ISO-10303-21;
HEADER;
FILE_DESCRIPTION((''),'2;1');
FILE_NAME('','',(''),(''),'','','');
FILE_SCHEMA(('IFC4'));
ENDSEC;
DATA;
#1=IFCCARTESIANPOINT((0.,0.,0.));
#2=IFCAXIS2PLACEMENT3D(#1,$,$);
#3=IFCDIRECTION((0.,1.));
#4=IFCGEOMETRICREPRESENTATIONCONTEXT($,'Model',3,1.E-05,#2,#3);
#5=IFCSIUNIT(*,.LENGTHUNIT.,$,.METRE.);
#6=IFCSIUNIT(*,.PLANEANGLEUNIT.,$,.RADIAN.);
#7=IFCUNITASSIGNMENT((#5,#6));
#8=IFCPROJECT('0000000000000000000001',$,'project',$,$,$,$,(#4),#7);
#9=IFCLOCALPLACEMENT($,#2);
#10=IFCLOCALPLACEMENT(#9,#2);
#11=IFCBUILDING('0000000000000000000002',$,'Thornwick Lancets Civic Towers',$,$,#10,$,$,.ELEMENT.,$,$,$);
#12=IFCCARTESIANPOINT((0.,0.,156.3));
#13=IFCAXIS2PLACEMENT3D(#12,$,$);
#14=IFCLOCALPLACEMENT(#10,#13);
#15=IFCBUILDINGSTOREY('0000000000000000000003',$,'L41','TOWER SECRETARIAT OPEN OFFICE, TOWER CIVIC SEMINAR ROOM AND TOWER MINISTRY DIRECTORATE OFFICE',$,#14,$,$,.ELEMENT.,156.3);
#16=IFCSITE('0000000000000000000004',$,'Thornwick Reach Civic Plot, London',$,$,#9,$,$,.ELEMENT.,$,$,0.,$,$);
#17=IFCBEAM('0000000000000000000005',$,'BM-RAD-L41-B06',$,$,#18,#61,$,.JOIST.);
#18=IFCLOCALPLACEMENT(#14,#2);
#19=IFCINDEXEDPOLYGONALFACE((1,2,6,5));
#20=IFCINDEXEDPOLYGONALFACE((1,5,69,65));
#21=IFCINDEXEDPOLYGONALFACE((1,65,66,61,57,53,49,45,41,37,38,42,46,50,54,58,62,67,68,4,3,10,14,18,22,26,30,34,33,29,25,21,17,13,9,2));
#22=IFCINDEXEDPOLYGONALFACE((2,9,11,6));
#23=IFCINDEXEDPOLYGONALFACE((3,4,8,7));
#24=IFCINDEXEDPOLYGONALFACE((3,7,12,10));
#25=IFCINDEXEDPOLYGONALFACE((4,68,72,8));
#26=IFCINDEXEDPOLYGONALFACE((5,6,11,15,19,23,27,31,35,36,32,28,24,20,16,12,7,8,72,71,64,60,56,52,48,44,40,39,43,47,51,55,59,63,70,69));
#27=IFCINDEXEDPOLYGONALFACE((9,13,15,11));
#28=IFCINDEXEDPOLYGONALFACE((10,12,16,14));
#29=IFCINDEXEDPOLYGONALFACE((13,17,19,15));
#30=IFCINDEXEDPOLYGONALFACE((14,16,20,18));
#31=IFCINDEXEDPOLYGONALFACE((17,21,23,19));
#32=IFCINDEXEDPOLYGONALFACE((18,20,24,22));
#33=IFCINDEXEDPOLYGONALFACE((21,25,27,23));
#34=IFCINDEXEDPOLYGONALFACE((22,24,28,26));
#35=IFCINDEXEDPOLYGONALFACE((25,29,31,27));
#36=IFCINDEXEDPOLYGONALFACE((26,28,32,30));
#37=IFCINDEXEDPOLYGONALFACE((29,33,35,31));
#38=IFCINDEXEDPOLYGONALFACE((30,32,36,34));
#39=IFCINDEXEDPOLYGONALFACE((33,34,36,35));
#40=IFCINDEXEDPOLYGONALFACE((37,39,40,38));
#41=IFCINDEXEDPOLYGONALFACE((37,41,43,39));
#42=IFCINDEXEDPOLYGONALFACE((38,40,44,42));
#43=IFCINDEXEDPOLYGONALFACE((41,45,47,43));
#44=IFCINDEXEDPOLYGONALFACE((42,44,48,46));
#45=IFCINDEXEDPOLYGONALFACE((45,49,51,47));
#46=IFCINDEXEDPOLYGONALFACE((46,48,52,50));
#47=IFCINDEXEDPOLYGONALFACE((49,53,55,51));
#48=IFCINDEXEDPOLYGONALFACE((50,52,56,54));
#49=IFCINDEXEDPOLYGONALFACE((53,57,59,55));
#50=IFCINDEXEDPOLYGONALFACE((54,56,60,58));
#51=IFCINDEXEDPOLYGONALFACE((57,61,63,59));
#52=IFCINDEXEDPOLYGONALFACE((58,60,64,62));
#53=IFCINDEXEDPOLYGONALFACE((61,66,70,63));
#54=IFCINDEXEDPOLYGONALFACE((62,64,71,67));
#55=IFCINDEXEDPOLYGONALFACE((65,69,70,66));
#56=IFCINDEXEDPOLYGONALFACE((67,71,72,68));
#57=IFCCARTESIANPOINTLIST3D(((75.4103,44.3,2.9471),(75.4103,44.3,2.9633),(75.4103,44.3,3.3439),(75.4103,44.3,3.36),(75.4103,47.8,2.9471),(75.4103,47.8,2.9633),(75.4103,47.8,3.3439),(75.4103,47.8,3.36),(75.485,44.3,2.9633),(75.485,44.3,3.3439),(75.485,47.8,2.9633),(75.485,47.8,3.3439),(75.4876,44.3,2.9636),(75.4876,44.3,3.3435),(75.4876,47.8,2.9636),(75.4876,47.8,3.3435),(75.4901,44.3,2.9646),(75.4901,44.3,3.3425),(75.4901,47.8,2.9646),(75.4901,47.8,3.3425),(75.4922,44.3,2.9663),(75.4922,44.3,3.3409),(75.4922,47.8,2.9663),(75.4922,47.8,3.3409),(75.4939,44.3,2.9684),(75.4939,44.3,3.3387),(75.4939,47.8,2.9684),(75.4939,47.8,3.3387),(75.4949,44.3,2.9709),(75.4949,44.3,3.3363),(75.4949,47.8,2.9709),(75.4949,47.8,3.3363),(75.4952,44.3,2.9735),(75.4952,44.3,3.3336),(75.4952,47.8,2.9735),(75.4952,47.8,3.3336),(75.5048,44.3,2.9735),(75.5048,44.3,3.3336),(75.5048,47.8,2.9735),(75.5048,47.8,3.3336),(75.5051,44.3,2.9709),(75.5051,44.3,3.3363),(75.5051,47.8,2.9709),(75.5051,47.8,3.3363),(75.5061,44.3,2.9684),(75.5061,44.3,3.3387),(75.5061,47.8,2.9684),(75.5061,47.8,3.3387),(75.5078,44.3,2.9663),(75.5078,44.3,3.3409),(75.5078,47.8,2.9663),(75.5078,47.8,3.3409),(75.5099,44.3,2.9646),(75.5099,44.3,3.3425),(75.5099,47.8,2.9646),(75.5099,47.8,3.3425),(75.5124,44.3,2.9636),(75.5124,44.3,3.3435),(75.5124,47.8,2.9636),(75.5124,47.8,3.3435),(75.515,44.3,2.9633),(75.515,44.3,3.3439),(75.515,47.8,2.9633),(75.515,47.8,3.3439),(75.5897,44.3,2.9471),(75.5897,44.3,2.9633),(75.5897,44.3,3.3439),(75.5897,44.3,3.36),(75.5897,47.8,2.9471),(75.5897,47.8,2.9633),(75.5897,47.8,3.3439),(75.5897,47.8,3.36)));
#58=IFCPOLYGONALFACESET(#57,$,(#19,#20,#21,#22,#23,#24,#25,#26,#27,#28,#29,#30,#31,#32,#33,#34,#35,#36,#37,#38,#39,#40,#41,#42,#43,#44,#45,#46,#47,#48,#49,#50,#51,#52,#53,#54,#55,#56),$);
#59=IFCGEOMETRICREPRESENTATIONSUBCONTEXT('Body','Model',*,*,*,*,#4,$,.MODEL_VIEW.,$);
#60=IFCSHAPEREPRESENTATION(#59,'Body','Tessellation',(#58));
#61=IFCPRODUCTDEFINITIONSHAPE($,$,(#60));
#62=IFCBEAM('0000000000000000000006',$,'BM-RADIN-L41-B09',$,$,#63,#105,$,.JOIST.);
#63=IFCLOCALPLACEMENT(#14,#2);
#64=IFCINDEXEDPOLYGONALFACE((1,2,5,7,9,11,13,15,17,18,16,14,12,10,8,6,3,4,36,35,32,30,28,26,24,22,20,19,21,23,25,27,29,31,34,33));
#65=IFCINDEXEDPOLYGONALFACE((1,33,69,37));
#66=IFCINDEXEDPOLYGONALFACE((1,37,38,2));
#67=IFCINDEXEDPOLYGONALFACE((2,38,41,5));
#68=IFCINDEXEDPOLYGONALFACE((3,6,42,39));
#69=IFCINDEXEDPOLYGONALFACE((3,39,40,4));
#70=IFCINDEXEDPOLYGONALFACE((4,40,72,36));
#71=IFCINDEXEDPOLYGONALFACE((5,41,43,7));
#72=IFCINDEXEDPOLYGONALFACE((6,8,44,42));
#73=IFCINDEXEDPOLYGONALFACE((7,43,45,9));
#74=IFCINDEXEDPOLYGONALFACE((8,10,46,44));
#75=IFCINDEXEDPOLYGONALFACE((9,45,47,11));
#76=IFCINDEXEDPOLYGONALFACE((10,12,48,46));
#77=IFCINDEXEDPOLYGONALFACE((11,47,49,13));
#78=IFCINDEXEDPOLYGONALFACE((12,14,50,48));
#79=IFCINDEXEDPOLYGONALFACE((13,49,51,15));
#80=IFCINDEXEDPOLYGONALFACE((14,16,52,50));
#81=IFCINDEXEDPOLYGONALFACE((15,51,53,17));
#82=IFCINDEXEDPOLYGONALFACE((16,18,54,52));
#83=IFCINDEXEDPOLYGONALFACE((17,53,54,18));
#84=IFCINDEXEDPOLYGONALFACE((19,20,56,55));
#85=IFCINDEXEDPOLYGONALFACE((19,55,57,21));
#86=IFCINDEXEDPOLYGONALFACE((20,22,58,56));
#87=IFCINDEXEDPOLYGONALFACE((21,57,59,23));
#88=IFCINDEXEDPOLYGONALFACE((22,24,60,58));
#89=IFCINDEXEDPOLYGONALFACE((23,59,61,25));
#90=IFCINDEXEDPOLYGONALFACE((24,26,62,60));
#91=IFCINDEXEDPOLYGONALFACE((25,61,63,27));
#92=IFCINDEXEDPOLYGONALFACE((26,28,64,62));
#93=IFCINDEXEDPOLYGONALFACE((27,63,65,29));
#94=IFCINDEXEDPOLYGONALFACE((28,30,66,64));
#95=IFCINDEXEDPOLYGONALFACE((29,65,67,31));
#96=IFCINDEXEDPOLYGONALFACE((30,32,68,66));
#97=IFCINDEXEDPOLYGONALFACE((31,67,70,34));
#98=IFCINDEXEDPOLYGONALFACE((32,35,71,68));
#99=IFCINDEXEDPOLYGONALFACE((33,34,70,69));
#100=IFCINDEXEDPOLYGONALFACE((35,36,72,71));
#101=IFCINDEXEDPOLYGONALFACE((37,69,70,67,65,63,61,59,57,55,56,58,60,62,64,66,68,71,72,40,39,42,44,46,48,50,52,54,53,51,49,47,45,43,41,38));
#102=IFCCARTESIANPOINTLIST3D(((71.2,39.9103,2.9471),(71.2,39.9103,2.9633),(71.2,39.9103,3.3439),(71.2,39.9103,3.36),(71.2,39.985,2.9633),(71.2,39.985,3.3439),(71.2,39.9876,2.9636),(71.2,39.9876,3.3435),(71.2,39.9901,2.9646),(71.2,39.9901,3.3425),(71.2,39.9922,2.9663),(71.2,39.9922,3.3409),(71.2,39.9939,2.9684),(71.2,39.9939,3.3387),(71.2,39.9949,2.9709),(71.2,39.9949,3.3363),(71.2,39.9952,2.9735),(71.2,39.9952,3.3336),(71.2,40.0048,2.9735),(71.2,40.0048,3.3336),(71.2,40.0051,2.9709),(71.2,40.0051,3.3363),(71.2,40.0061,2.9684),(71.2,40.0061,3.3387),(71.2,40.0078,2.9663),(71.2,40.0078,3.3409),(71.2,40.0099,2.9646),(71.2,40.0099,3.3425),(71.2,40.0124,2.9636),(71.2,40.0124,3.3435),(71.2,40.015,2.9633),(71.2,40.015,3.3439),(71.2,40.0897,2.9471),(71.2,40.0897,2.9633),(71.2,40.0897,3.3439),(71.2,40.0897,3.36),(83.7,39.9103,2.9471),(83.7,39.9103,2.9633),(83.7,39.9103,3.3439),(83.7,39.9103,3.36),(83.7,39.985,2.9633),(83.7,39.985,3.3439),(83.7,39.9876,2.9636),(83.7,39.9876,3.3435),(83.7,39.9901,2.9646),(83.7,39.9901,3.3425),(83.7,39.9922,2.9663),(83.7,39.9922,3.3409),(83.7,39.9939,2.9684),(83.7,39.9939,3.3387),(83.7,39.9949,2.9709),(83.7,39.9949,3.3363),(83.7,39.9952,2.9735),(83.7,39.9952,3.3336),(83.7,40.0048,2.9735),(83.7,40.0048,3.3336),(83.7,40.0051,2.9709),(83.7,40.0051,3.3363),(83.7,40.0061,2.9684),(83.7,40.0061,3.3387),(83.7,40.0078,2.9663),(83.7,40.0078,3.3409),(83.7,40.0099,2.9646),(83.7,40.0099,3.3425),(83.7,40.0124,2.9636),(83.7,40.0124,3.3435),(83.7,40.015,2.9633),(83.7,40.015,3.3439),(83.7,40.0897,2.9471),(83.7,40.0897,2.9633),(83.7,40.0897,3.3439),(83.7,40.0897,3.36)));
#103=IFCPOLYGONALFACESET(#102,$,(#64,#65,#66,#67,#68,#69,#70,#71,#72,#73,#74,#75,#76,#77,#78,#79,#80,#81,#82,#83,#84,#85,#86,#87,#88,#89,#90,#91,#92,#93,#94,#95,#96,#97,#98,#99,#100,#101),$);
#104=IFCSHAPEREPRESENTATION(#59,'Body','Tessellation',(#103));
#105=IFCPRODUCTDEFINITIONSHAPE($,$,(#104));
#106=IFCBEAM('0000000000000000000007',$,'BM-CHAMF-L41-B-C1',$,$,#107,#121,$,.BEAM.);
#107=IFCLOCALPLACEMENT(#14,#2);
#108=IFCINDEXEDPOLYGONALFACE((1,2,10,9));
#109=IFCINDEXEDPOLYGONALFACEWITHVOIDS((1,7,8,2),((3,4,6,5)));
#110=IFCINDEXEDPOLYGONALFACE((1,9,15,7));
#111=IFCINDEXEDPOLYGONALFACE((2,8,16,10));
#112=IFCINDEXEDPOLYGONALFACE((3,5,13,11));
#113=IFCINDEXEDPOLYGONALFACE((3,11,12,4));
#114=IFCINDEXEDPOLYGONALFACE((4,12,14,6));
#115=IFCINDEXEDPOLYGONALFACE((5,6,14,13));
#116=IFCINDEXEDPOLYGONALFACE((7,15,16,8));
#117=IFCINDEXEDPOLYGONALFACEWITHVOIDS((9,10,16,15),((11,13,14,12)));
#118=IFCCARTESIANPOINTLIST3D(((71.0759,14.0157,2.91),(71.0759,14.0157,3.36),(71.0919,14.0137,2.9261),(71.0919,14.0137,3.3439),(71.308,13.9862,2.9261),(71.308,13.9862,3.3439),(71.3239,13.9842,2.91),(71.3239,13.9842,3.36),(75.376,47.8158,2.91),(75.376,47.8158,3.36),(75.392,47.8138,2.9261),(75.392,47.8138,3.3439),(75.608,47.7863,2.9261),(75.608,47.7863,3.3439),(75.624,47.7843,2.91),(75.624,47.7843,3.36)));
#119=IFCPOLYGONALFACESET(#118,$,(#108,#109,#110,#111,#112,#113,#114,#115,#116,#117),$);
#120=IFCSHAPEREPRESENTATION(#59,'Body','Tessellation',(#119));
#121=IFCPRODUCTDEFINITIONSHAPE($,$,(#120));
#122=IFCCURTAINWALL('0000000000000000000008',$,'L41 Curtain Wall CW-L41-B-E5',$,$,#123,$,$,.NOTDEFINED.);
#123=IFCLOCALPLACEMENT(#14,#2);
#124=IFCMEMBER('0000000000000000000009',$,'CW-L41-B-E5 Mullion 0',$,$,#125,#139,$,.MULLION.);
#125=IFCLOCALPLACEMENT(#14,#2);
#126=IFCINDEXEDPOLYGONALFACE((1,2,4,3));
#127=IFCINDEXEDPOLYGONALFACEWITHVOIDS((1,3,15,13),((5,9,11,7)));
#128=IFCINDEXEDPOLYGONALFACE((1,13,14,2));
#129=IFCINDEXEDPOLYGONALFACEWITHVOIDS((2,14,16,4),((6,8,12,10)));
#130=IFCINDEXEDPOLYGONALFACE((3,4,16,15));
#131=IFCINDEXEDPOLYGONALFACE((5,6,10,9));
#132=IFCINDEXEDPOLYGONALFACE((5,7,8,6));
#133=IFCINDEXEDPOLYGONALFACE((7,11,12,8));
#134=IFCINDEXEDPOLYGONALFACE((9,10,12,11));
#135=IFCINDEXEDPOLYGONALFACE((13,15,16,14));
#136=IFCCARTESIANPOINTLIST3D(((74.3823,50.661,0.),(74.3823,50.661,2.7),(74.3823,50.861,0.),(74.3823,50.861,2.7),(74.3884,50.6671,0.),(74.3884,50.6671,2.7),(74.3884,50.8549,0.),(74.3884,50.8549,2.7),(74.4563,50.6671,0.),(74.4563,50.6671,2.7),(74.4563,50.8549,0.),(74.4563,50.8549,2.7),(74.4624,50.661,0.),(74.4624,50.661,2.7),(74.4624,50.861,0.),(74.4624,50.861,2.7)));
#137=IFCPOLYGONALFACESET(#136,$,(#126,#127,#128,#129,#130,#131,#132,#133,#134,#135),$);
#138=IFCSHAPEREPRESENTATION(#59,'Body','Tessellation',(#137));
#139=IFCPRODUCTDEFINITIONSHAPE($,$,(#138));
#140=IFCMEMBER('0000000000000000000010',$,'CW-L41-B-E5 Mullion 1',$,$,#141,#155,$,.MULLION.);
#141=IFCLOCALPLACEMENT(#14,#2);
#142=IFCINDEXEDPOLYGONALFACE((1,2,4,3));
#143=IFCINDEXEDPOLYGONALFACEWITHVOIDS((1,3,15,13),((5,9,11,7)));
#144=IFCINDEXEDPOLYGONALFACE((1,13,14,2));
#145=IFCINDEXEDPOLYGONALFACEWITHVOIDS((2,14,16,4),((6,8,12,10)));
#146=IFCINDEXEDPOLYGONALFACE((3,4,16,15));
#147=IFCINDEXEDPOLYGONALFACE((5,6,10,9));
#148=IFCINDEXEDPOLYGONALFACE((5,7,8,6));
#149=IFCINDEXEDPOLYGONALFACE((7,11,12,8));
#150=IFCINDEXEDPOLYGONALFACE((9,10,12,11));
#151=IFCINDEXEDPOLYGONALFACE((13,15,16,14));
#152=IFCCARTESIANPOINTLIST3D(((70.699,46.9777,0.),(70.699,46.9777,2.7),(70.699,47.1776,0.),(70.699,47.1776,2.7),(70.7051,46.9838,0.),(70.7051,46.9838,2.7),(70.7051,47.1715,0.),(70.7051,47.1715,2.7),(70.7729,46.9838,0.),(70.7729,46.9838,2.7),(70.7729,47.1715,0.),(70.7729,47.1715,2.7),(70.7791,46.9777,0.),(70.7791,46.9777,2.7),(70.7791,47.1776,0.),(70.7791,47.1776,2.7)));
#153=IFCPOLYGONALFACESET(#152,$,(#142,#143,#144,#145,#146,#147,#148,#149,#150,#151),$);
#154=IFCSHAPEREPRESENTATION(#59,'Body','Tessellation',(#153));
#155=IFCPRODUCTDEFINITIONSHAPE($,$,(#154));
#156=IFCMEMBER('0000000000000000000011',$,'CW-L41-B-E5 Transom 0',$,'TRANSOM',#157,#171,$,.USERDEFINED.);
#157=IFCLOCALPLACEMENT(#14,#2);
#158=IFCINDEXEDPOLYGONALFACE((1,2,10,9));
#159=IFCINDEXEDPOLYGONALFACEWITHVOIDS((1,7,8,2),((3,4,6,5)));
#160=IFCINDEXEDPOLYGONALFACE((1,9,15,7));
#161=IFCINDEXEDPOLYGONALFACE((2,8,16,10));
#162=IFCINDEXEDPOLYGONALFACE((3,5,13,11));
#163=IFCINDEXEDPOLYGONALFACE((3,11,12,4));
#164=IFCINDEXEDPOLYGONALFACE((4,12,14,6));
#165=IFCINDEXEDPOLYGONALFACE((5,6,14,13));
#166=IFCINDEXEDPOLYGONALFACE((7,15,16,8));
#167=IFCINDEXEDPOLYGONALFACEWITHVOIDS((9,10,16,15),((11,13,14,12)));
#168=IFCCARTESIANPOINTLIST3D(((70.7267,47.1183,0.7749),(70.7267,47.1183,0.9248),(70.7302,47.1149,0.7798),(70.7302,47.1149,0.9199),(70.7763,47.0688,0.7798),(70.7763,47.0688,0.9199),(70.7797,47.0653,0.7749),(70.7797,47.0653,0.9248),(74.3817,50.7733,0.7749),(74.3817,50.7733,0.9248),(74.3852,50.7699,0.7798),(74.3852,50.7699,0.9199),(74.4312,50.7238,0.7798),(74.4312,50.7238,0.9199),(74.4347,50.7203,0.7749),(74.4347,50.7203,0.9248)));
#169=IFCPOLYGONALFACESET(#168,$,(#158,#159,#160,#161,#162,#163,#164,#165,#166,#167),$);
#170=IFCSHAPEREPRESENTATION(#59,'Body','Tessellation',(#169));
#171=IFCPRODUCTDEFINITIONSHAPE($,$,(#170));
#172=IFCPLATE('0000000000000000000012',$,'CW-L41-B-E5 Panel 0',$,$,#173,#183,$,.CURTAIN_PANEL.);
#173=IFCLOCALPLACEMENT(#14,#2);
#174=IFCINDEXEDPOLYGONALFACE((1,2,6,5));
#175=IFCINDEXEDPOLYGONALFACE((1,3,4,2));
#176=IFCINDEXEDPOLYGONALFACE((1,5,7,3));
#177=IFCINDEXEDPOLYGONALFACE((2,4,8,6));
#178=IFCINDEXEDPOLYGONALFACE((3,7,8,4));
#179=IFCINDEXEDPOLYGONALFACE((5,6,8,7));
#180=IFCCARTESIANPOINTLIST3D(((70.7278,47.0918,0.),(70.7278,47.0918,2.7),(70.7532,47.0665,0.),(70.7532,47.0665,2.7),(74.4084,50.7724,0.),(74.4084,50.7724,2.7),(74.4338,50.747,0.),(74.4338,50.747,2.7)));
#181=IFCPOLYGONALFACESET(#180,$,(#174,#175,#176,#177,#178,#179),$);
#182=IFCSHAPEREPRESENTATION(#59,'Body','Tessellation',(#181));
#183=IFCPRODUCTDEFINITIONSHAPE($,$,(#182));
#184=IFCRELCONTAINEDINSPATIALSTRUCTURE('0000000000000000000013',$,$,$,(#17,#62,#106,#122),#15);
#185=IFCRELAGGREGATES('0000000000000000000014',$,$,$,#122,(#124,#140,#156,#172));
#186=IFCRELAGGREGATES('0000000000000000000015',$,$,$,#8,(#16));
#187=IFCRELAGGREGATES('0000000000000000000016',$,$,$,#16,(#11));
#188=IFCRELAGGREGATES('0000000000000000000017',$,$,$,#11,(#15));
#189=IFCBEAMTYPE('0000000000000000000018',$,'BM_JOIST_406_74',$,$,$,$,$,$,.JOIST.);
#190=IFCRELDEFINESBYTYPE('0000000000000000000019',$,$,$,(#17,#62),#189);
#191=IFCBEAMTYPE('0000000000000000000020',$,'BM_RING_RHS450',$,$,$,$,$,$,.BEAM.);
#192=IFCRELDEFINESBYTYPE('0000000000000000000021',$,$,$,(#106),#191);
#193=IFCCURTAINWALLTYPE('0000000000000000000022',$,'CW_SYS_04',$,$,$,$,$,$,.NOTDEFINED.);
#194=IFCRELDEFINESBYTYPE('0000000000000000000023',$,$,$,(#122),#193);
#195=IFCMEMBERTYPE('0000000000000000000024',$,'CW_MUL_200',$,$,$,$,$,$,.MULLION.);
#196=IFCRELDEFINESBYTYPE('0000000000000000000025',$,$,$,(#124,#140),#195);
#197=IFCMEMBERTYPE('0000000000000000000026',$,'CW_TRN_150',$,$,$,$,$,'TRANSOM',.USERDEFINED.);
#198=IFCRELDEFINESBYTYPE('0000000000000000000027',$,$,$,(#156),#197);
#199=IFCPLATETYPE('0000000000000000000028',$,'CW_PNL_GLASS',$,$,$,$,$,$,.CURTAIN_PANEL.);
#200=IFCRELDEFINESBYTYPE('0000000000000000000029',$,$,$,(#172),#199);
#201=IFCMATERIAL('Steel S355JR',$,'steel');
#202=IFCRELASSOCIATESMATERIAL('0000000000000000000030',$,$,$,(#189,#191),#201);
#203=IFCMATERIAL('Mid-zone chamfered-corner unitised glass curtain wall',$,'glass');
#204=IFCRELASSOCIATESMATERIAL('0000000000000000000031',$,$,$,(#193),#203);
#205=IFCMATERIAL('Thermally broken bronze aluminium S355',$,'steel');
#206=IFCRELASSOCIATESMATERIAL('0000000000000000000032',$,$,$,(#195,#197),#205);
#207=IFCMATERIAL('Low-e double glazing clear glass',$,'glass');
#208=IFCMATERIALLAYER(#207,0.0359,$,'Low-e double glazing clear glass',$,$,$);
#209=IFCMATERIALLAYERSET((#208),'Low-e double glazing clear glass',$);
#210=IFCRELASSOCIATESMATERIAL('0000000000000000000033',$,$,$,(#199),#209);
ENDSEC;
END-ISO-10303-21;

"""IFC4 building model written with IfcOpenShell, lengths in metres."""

from ifc_helpers import new_model, si_unit, direction, frame, origin, origin_2d, place, context, subcontext, project, spatial, rectangle, hollow_rectangle, i_section, extrude, material, layer, layer_set, material_profile, profile_set, type_object, element, aggregate, save


model = new_model("IFC4")

# Units and contexts
model_context = context("Model", 3, precision=1e-05, world=origin(), true_north=direction((0.0, 1.0)))
body_context = subcontext(model_context, "Body", "Model", "MODEL_VIEW")
ifc_project = project(units=[si_unit("LENGTHUNIT", "METRE"), si_unit("PLANEANGLEUNIT", "RADIAN")], contexts=[model_context])

# Site, building, storey
site_placement = place(None, origin())
site = spatial("IfcSite", under=ifc_project, at=site_placement, Name="Thornwick Reach Civic Plot, London", CompositionType="ELEMENT", RefElevation=0.0)
building_placement = place(site_placement, origin())
building = spatial("IfcBuilding", under=site, at=building_placement, Name="Thornwick Lancets Civic Towers", CompositionType="ELEMENT")
storey_placement = place(building_placement, frame((0.0, 0.0, 156.3)))
storey = spatial("IfcBuildingStorey", under=building, at=storey_placement, Name="L41", Description="TOWER SECRETARIAT OPEN OFFICE, TOWER CIVIC SEMINAR ROOM AND TOWER MINISTRY DIRECTORATE OFFICE", CompositionType="ELEMENT", Elevation=156.3)

# Beams
ifc_material_1 = material(Name="Steel S355JR", Category="steel")
ifc_material_profile_1 = material_profile(ifc_material_1, i_section(OverallWidth=0.1794, OverallDepth=0.4128, WebThickness=0.0095, FlangeThickness=0.0161, FilletRadius=0.0103, at=origin_2d()), Name="UKB 406x178x74")
ifc_profile_set_1 = profile_set([ifc_material_profile_1], Name="Steel S355JR")
beam_type_1 = type_object("IfcBeamType", Name="BM_JOIST_406_74", PredefinedType="JOIST", material=ifc_profile_set_1)
beam_1_placement = place(storey_placement, frame((75.5, 44.3, 3.1536), z_axis=(0.0, 1.0, 0.0), x_axis=(-1.0, 0.0, 0.0)))
element("IfcBeam", 1, at=beam_1_placement, inside=storey, type_object=beam_type_1, Name="BM-RAD-L41-B06", PredefinedType="JOIST", context=body_context, shape_type="SweptSolid", body=[
    extrude(i_section(OverallWidth=0.1794, OverallDepth=0.4128, WebThickness=0.0095, FlangeThickness=0.0161, FilletRadius=0.0103, at=origin_2d()), origin(), (0.0, 0.0, 1.0), 3.5),
])
beam_2_placement = place(storey_placement, frame((83.7, 40.0, 3.1536), z_axis=(-1.0, 0.0, 0.0), x_axis=(0.0, -1.0, 0.0)))
element("IfcBeam", 2, at=beam_2_placement, inside=storey, type_object=beam_type_1, Name="BM-RADIN-L41-B09", PredefinedType="JOIST", context=body_context, shape_type="SweptSolid", body=[
    extrude(i_section(OverallWidth=0.1794, OverallDepth=0.4128, WebThickness=0.0095, FlangeThickness=0.0161, FilletRadius=0.0103, at=origin_2d()), origin(), (0.0, 0.0, 1.0), 12.5),
])
ifc_material_profile_2 = material_profile(ifc_material_1, hollow_rectangle(XDim=0.25, YDim=0.45, WallThickness=0.0161, at=origin_2d()), Name="RHS 450x250x16")
ifc_profile_set_2 = profile_set([ifc_material_profile_2], Name="Steel S355JR")
beam_type_2 = type_object("IfcBeamType", Name="BM_RING_RHS450", PredefinedType="BEAM", material=ifc_profile_set_2)
beam_3_placement = place(storey_placement, frame((75.5, 47.8, 3.135), z_axis=(-0.126203, -0.992004, 0.0), x_axis=(0.992004, -0.126203, 0.0)))
element("IfcBeam", 3, at=beam_3_placement, inside=storey, type_object=beam_type_2, Name="BM-CHAMF-L41-B-C1", PredefinedType="BEAM", context=body_context, shape_type="SweptSolid", body=[
    extrude(hollow_rectangle(XDim=0.25, YDim=0.45, WallThickness=0.0161, at=origin_2d()), origin(), (0.0, 0.0, 1.0), 34.0725),
])

# Curtain wall, members, plate
ifc_material_2 = material(Name="Mid-zone chamfered-corner unitised glass curtain wall", Category="glass")
curtain_wall_type = type_object("IfcCurtainWallType", Name="CW_SYS_04", PredefinedType="NOTDEFINED", material=ifc_material_2)
curtain_wall_placement = place(storey_placement, origin())
curtain_wall = element("IfcCurtainWall", 4, at=curtain_wall_placement, inside=storey, type_object=curtain_wall_type, Name="L41 Curtain Wall CW-L41-B-E5", PredefinedType="NOTDEFINED")
ifc_material_3 = material(Name="Thermally broken bronze aluminium S355", Category="steel")
ifc_material_profile_3 = material_profile(ifc_material_3, hollow_rectangle(XDim=0.0801, YDim=0.2, WallThickness=0.0061, at=origin_2d()), Name="RHS 200x80x6")
ifc_profile_set_3 = profile_set([ifc_material_profile_3], Name="Thermally broken bronze aluminium S355")
member_type_1 = type_object("IfcMemberType", Name="CW_MUL_200", PredefinedType="MULLION", material=ifc_profile_set_3)
member_1_placement = place(storey_placement, frame((74.4224, 50.761, 0.0), z_axis=(0.0, 0.0, 1.0), x_axis=(1.0, 0.0, 0.0)))
member_1 = element("IfcMember", 5, at=member_1_placement, type_object=member_type_1, Name="CW-L41-B-E5 Mullion 0", PredefinedType="MULLION", context=body_context, shape_type="SweptSolid", body=[
    extrude(hollow_rectangle(XDim=0.0801, YDim=0.2, WallThickness=0.0061, at=origin_2d()), origin(), (0.0, 0.0, 1.0), 2.7),
])
member_2_placement = place(storey_placement, frame((70.739, 47.0776, 0.0), z_axis=(0.0, 0.0, 1.0), x_axis=(1.0, 0.0, 0.0)))
member_2 = element("IfcMember", 6, at=member_2_placement, type_object=member_type_1, Name="CW-L41-B-E5 Mullion 1", PredefinedType="MULLION", context=body_context, shape_type="SweptSolid", body=[
    extrude(hollow_rectangle(XDim=0.0801, YDim=0.2, WallThickness=0.0061, at=origin_2d()), origin(), (0.0, 0.0, 1.0), 2.7),
])
ifc_material_profile_4 = material_profile(ifc_material_3, hollow_rectangle(XDim=0.075, YDim=0.1499, WallThickness=0.0049, at=origin_2d()), Name="RHS 150x75x5")
ifc_profile_set_4 = profile_set([ifc_material_profile_4], Name="Thermally broken bronze aluminium S355")
member_type_2 = type_object("IfcMemberType", Name="CW_TRN_150", ElementType="TRANSOM", PredefinedType="USERDEFINED", material=ifc_profile_set_4)
member_3_placement = place(storey_placement, frame((74.4082, 50.7468, 0.8499), z_axis=(-0.707107, -0.707107, 0.0), x_axis=(0.707107, -0.707107, 0.0)))
member_3 = element("IfcMember", 7, at=member_3_placement, type_object=member_type_2, Name="CW-L41-B-E5 Transom 0", ObjectType="TRANSOM", PredefinedType="USERDEFINED", context=body_context, shape_type="SweptSolid", body=[
    extrude(hollow_rectangle(XDim=0.075, YDim=0.1499, WallThickness=0.0049, at=origin_2d()), origin(), (0.0, 0.0, 1.0), 5.1689),
])
ifc_material_4 = material(Name="Low-e double glazing clear glass", Category="glass")
ifc_layer_1 = layer(ifc_material_4, 0.0359, Name="Low-e double glazing clear glass")
ifc_layer_set_1 = layer_set([ifc_layer_1], Name="Low-e double glazing clear glass")
plate_type = type_object("IfcPlateType", Name="CW_PNL_GLASS", PredefinedType="CURTAIN_PANEL", material=ifc_layer_set_1)
plate_placement = place(storey_placement, frame((72.5808, 48.9194, 0.0), z_axis=(0.0, 0.0, 1.0), x_axis=(-0.707107, -0.707107, 0.0)))
plate = element("IfcPlate", 8, at=plate_placement, type_object=plate_type, Name="CW-L41-B-E5 Panel 0", PredefinedType="CURTAIN_PANEL", context=body_context, shape_type="SweptSolid", body=[
    extrude(rectangle(XDim=5.2051, YDim=0.0359, at=origin_2d()), origin(), (0.0, 0.0, 1.0), 2.7),
])
aggregate(curtain_wall, [member_1, member_2, member_3, plate])

save(model, "model.ifc")
